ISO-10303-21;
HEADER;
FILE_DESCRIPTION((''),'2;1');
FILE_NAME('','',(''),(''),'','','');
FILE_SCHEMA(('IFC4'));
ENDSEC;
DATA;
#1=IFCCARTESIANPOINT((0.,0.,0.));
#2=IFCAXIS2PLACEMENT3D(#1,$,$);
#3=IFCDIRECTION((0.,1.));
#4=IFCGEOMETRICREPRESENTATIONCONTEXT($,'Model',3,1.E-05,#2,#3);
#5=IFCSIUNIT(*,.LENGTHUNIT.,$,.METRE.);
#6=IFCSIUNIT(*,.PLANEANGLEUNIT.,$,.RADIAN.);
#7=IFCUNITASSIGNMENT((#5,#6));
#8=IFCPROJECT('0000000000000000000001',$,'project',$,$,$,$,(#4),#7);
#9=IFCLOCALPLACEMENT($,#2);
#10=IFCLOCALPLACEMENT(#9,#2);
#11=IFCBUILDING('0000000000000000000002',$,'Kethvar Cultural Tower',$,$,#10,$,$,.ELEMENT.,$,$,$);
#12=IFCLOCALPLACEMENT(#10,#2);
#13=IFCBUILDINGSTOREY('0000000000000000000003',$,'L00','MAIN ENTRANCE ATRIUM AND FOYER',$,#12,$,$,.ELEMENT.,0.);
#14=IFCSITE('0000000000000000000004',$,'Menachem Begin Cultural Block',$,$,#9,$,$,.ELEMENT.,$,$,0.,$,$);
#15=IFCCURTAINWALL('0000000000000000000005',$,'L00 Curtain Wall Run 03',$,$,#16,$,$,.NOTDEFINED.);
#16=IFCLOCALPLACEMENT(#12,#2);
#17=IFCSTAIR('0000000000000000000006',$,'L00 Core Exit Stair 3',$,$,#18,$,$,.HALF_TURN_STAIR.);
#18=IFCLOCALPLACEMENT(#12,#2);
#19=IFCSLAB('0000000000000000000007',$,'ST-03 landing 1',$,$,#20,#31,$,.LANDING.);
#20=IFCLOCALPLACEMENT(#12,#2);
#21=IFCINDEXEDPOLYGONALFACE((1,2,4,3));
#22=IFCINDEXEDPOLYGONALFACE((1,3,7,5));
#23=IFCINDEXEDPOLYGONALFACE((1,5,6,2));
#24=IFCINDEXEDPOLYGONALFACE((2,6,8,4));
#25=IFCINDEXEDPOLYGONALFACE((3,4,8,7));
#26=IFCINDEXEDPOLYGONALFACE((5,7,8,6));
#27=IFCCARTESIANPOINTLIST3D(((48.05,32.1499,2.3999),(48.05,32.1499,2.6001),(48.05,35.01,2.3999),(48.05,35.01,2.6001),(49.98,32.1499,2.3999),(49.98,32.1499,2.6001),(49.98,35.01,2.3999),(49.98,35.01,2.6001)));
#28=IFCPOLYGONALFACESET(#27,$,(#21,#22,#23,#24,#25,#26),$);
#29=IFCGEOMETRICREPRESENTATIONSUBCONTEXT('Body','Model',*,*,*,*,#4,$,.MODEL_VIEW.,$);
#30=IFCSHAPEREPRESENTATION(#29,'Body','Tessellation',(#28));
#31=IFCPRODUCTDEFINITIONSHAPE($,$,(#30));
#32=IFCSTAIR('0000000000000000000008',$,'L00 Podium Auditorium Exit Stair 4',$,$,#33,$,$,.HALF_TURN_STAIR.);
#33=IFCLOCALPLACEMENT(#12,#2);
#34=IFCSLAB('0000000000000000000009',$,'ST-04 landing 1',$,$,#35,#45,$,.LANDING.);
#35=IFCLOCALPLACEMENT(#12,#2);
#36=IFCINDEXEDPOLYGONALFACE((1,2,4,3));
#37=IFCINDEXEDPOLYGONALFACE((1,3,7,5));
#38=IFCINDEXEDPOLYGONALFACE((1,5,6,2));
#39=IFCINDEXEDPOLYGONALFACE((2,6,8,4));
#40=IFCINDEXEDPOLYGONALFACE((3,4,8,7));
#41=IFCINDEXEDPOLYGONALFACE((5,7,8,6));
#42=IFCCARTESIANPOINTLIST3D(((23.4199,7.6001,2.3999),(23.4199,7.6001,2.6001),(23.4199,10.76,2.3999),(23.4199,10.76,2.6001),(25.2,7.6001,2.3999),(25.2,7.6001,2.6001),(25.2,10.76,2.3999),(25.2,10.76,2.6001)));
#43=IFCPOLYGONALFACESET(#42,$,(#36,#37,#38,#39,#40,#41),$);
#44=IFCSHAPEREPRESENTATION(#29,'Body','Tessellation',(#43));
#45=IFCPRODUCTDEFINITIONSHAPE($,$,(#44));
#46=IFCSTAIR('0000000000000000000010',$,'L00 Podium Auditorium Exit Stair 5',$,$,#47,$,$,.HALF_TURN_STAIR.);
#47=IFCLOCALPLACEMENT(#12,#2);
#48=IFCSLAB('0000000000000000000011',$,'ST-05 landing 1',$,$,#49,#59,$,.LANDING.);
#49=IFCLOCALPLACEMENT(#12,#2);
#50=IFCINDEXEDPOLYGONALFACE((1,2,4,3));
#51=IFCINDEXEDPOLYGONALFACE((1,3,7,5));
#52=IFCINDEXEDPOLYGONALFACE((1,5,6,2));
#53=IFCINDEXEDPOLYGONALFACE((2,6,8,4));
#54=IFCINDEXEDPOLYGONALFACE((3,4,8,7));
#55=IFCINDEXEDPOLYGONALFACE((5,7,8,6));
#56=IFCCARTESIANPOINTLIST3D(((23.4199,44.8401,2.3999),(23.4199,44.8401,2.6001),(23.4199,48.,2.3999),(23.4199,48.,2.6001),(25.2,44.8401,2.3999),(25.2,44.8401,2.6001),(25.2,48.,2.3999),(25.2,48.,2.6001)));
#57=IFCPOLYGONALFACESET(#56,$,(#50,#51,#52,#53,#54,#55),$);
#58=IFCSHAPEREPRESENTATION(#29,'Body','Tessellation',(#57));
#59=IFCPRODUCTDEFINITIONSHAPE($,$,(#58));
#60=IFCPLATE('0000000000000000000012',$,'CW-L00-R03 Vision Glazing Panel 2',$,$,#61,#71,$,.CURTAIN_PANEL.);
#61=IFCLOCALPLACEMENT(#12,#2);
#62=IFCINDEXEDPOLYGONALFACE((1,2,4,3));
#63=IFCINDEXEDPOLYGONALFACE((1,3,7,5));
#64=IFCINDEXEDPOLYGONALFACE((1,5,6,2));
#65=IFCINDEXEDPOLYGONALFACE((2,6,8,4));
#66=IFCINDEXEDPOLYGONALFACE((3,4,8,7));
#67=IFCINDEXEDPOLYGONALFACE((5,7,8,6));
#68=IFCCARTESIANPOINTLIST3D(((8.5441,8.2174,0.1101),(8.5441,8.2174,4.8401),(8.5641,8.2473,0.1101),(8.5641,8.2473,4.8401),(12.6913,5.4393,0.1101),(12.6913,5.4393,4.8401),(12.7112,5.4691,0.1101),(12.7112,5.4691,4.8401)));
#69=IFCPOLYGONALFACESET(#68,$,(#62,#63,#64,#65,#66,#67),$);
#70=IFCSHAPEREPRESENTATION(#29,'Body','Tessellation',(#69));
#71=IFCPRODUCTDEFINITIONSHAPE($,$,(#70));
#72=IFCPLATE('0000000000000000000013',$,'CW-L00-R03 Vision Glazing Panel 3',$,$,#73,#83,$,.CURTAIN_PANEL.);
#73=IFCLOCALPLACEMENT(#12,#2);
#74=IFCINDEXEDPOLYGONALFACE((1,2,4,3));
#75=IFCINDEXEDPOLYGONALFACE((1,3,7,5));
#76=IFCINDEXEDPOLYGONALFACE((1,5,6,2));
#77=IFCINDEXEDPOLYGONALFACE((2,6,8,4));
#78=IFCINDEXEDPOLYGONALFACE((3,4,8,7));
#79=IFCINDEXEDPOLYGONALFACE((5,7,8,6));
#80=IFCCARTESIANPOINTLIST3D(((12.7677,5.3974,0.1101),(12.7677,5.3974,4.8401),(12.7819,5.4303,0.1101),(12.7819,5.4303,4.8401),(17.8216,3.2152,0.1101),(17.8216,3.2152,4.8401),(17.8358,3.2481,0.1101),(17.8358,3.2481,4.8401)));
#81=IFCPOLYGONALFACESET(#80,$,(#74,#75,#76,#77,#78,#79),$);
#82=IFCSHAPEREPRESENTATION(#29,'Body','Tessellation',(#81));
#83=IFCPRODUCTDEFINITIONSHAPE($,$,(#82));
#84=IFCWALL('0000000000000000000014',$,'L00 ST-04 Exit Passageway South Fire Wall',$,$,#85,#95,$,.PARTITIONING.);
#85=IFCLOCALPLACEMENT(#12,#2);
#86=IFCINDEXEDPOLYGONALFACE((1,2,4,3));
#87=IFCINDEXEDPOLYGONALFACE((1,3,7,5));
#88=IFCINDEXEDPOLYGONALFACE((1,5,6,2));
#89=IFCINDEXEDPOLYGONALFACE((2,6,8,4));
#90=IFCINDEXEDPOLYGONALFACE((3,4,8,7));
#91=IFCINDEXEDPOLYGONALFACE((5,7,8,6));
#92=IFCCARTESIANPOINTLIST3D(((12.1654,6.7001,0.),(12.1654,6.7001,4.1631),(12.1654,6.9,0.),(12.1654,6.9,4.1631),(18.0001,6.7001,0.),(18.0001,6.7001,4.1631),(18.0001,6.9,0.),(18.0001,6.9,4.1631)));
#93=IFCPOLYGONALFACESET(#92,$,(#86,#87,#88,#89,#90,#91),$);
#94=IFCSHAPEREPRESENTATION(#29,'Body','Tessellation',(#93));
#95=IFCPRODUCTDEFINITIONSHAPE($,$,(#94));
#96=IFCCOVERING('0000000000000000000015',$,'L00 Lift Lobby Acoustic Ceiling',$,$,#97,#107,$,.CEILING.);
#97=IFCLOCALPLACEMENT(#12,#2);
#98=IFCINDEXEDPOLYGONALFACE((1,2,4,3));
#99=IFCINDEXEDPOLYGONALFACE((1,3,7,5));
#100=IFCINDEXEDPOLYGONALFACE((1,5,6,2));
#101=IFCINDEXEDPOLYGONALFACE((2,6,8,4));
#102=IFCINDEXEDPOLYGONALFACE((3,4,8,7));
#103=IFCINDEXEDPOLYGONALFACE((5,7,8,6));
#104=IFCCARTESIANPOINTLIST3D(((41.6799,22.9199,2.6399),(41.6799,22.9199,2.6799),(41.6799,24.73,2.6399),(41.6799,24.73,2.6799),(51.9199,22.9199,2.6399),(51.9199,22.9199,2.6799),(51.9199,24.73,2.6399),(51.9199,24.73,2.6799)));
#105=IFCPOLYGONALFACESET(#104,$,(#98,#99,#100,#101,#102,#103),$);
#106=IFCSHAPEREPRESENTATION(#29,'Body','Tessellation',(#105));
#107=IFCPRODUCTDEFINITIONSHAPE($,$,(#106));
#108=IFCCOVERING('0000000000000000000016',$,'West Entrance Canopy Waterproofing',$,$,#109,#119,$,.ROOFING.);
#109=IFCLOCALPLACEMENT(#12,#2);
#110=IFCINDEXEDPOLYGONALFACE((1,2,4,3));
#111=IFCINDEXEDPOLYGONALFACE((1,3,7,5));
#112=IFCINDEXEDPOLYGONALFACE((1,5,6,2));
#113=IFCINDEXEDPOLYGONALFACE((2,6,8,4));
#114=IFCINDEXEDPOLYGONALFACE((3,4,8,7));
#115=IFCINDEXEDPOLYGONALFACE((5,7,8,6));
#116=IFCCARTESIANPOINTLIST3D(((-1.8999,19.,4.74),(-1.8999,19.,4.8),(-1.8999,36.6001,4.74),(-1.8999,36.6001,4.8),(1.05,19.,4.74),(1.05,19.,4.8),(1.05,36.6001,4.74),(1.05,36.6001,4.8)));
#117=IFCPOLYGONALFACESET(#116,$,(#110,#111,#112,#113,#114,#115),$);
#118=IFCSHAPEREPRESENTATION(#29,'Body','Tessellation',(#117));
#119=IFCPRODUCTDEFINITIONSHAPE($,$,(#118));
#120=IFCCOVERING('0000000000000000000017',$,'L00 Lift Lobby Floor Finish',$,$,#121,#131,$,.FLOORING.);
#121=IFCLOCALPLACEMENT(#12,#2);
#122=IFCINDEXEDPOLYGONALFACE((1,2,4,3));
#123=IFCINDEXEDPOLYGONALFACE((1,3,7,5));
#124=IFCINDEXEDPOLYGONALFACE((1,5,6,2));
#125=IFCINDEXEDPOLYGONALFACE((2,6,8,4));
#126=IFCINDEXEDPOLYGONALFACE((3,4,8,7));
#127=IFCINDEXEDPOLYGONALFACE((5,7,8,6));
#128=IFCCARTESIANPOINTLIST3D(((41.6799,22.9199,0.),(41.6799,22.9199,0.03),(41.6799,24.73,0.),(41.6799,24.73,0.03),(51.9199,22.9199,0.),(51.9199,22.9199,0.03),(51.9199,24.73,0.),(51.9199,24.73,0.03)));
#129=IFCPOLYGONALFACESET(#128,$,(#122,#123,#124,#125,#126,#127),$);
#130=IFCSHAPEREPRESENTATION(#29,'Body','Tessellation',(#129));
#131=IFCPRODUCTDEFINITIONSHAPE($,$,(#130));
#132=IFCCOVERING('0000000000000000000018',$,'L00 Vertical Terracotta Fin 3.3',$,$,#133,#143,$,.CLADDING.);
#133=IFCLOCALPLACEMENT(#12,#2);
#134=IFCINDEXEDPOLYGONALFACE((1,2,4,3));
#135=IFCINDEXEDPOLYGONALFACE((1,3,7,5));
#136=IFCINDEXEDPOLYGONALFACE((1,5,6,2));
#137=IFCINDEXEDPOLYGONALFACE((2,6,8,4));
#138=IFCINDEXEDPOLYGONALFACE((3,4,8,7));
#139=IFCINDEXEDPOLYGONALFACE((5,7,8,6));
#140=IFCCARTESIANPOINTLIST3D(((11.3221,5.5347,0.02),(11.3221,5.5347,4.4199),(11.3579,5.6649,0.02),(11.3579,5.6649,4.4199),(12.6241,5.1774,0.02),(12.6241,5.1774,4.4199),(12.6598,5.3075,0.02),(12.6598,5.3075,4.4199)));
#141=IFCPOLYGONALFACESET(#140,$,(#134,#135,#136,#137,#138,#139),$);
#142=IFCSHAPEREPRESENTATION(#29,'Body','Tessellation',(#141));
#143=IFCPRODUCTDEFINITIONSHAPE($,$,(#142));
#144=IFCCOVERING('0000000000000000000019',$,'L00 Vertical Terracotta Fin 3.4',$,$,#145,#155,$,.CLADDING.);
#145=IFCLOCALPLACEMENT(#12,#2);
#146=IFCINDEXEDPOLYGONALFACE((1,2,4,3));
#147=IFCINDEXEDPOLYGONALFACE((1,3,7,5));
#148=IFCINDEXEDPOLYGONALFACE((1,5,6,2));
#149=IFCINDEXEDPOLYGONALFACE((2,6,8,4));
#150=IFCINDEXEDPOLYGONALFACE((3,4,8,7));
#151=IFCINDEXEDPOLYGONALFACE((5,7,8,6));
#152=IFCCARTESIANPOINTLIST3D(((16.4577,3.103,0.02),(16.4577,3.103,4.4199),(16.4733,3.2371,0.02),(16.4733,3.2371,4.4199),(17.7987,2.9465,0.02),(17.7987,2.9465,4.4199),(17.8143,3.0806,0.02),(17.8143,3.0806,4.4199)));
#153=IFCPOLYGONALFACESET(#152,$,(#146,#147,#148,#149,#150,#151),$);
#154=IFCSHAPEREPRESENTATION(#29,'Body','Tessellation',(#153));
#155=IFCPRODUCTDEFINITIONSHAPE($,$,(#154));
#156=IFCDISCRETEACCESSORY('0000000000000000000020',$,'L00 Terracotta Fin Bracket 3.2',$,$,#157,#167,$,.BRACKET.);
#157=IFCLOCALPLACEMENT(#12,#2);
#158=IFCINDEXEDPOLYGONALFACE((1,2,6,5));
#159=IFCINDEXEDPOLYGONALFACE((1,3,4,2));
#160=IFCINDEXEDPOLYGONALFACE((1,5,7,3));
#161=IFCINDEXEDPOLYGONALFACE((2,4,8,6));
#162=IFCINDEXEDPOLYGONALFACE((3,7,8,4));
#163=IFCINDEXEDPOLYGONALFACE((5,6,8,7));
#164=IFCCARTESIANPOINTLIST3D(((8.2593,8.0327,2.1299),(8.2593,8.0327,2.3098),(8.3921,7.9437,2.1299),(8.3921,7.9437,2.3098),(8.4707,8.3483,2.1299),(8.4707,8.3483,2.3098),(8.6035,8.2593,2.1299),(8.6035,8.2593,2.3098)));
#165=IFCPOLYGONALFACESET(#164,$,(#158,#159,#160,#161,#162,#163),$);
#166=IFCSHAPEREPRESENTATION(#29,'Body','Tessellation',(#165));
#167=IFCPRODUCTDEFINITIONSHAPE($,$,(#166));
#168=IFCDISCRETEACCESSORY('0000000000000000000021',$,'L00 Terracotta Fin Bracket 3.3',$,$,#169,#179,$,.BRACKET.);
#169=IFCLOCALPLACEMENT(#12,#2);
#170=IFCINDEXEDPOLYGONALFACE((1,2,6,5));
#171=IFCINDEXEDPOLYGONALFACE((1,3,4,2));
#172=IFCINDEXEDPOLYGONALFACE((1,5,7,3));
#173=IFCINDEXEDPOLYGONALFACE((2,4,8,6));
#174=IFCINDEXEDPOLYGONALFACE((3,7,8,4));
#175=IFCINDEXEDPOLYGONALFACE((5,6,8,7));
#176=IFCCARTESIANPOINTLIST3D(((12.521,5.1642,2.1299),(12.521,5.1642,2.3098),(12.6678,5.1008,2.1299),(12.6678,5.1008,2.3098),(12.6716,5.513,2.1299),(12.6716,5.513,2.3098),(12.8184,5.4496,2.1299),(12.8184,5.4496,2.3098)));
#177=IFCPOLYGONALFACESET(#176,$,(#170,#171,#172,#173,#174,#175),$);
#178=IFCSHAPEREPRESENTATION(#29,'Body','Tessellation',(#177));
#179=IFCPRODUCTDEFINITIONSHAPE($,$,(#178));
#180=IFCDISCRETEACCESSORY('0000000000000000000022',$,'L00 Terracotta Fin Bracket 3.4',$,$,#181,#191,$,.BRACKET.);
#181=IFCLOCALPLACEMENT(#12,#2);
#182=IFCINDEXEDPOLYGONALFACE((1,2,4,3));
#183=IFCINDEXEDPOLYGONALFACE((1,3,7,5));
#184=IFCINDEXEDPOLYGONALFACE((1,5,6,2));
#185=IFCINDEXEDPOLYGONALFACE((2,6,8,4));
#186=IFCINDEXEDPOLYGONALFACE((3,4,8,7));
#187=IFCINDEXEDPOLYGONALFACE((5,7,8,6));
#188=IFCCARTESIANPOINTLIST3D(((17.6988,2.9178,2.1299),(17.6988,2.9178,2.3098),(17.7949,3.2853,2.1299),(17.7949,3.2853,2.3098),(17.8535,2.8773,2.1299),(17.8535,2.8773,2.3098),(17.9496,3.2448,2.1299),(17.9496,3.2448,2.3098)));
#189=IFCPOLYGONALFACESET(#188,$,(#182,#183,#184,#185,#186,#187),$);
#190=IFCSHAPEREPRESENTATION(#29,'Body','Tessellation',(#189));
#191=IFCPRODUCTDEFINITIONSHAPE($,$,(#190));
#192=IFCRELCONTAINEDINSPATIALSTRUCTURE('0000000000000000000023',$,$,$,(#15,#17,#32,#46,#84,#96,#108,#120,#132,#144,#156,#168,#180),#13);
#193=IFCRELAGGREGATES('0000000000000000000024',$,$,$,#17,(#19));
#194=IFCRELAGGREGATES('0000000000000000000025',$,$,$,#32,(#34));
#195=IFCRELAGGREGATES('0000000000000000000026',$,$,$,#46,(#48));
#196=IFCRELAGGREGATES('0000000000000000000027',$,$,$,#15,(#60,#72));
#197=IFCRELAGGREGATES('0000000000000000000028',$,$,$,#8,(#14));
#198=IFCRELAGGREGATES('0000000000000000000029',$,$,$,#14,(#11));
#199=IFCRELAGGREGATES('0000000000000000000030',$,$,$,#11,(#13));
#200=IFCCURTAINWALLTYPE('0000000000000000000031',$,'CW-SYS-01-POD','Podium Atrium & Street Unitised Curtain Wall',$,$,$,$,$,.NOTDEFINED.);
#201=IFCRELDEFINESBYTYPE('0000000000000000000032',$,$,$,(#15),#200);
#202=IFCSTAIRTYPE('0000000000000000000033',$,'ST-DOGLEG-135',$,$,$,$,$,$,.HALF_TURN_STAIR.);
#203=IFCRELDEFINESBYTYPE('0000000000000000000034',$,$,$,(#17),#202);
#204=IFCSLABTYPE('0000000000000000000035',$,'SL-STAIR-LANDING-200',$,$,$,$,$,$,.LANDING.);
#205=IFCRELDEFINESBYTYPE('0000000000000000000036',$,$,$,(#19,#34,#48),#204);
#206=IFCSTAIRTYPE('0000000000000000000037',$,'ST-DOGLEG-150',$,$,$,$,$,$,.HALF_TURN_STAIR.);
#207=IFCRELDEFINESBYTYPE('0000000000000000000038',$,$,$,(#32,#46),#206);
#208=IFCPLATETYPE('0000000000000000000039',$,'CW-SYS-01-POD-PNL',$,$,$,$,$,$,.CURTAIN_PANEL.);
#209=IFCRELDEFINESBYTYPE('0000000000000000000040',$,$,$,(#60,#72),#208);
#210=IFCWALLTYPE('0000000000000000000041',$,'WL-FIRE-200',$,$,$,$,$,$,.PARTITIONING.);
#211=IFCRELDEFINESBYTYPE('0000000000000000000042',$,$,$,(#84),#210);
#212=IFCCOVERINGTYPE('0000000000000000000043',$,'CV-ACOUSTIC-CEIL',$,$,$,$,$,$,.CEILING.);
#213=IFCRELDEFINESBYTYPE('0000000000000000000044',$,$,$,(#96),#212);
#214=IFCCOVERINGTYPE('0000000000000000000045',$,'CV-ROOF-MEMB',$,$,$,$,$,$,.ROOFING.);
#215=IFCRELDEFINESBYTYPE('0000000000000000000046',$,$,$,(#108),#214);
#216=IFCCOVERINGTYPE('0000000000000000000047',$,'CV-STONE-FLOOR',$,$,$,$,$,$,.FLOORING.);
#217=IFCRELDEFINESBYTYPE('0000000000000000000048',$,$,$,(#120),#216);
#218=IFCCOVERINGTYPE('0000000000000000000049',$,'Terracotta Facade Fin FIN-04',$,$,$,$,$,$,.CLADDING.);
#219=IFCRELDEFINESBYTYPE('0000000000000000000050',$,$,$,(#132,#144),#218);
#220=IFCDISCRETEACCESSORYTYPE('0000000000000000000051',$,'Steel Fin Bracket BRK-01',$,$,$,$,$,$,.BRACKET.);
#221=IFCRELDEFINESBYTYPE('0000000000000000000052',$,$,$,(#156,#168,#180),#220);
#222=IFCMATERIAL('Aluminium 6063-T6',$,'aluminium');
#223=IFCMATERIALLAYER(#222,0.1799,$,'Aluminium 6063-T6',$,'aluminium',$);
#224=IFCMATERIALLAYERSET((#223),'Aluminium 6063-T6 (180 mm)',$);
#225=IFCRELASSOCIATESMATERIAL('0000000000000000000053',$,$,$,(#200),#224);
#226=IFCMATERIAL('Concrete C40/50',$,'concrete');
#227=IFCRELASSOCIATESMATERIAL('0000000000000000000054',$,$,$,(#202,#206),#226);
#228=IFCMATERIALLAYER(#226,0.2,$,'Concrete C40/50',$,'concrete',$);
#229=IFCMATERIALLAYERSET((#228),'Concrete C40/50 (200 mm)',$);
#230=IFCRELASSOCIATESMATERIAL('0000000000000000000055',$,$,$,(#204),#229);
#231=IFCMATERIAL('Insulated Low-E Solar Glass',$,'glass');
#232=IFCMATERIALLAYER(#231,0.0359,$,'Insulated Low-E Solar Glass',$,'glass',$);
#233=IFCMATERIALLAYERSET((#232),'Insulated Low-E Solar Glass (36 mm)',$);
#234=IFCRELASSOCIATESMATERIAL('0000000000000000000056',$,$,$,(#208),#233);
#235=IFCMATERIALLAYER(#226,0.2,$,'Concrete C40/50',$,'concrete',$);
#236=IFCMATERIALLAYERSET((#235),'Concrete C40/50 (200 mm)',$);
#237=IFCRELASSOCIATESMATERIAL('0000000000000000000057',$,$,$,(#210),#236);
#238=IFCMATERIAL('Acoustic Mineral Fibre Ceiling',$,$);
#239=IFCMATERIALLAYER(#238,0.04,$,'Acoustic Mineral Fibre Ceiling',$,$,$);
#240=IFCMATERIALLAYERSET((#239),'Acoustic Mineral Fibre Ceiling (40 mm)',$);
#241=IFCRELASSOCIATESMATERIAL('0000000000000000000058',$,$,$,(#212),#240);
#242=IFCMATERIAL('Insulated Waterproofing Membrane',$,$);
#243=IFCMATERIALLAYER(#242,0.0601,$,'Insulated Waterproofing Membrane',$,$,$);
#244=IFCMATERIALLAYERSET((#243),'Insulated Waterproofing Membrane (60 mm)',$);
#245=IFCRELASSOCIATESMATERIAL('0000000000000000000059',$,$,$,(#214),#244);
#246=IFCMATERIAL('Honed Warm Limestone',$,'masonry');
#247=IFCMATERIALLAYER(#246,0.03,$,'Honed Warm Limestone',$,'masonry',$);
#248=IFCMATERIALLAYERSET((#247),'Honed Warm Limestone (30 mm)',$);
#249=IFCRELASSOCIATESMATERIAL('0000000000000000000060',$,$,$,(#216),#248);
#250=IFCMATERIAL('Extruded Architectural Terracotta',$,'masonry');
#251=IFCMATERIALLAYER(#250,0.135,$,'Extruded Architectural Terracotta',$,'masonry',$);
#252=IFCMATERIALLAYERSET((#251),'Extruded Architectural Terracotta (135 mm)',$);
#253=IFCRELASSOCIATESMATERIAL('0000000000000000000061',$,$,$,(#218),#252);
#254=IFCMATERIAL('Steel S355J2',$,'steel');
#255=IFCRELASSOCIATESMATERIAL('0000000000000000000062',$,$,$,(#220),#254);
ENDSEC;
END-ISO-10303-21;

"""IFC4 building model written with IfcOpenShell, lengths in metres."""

from ifc_helpers import new_model, si_unit, direction, frame, frame_2d, origin, origin_2d, place, context, subcontext, project, spatial, polyline, rectangle, outline, extrude, source, transform, mapped, material, layer, layer_set, type_object, element, aggregate, save


model = new_model("IFC4")

# Units and contexts
model_context = context("Model", 3, precision=1e-05, world=origin(), true_north=direction((0.0, 1.0)))
body_context = subcontext(model_context, "Body", "Model", "MODEL_VIEW")
ifc_project = project(units=[si_unit("LENGTHUNIT", "METRE"), si_unit("PLANEANGLEUNIT", "RADIAN")], contexts=[model_context])

# Site, building, storey
site_placement = place(None, origin())
site = spatial("IfcSite", under=ifc_project, at=site_placement, Name="Menachem Begin Cultural Block", CompositionType="ELEMENT", RefElevation=0.0)
building_placement = place(site_placement, origin())
building = spatial("IfcBuilding", under=site, at=building_placement, Name="Kethvar Cultural Tower", CompositionType="ELEMENT")
storey_placement = place(building_placement, origin())
storey = spatial("IfcBuildingStorey", under=building, at=storey_placement, Name="L00", Description="MAIN ENTRANCE ATRIUM AND FOYER", CompositionType="ELEMENT", Elevation=0.0)

# Curtain wall
ifc_material_1 = material(Name="Aluminium 6063-T6", Category="aluminium")
ifc_layer_1 = layer(ifc_material_1, 0.1799, Name="Aluminium 6063-T6", Category="aluminium")
ifc_layer_set_1 = layer_set([ifc_layer_1], Name="Aluminium 6063-T6 (180 mm)")
curtain_wall_type = type_object("IfcCurtainWallType", Name="CW-SYS-01-POD", Description="Podium Atrium & Street Unitised Curtain Wall", PredefinedType="NOTDEFINED", material=ifc_layer_set_1)
curtain_wall_placement = place(storey_placement, origin())
curtain_wall = element("IfcCurtainWall", 1, at=curtain_wall_placement, inside=storey, type_object=curtain_wall_type, Name="L00 Curtain Wall Run 03", PredefinedType="NOTDEFINED")

# Shared definitions
ifc_material_2 = material(Name="Concrete C40/50", Category="concrete")

# Shared definitions
ifc_material_3 = material(Name="Steel S355J2", Category="steel")

# Stairs, slabs
stair_type_1 = type_object("IfcStairType", Name="ST-DOGLEG-135", PredefinedType="HALF_TURN_STAIR", material=ifc_material_2)
ifc_layer_2 = layer(ifc_material_2, 0.2, Name="Concrete C40/50", Category="concrete")
ifc_layer_set_2 = layer_set([ifc_layer_2], Name="Concrete C40/50 (200 mm)")
slab_type_1 = type_object("IfcSlabType", Name="SL-STAIR-LANDING-200", PredefinedType="LANDING", material=ifc_layer_set_2)
stair_1_placement = place(storey_placement, origin())
stair_1 = element("IfcStair", 2, at=stair_1_placement, inside=storey, type_object=stair_type_1, Name="L00 Core Exit Stair 3", PredefinedType="HALF_TURN_STAIR")
slab_1_placement = place(storey_placement, frame((0.0, 0.0, 2.3999)))
slab_1 = element("IfcSlab", 3, at=slab_1_placement, type_object=slab_type_1, Name="ST-03 landing 1", PredefinedType="LANDING", context=body_context, shape_type="SweptSolid", body=[
    extrude(outline(polyline([(49.98, 35.01), (48.05, 35.01), (48.05, 32.1499), (49.98, 32.1499), (49.98, 35.01)])), origin(), (0.0, 0.0, 1.0), 0.2002),
])
aggregate(stair_1, [slab_1])
stair_type_2 = type_object("IfcStairType", Name="ST-DOGLEG-150", PredefinedType="HALF_TURN_STAIR", material=ifc_material_2)
stair_2_placement = place(storey_placement, origin())
stair_2 = element("IfcStair", 4, at=stair_2_placement, inside=storey, type_object=stair_type_2, Name="L00 Podium Auditorium Exit Stair 4", PredefinedType="HALF_TURN_STAIR")
slab_2_placement = place(storey_placement, frame((0.0, 0.0, 2.3999)))
slab_2 = element("IfcSlab", 5, at=slab_2_placement, type_object=slab_type_1, Name="ST-04 landing 1", PredefinedType="LANDING", context=body_context, shape_type="SweptSolid", body=[
    extrude(outline(polyline([(23.4199, 7.6001), (25.2, 7.6001), (25.2, 10.76), (23.4199, 10.76), (23.4199, 7.6001)])), origin(), (0.0, 0.0, 1.0), 0.2002),
])
aggregate(stair_2, [slab_2])
stair_3_placement = place(storey_placement, origin())
stair_3 = element("IfcStair", 6, at=stair_3_placement, inside=storey, type_object=stair_type_2, Name="L00 Podium Auditorium Exit Stair 5", PredefinedType="HALF_TURN_STAIR")
slab_3_placement = place(storey_placement, frame((0.0, 0.0, 2.3999)))
slab_3 = element("IfcSlab", 7, at=slab_3_placement, type_object=slab_type_1, Name="ST-05 landing 1", PredefinedType="LANDING", context=body_context, shape_type="SweptSolid", body=[
    extrude(outline(polyline([(23.4199, 44.8401), (25.2, 44.8401), (25.2, 48.0), (23.4199, 48.0), (23.4199, 44.8401)])), origin(), (0.0, 0.0, 1.0), 0.2002),
])
aggregate(stair_3, [slab_3])

# Plates
ifc_material_4 = material(Name="Insulated Low-E Solar Glass", Category="glass")
ifc_layer_3 = layer(ifc_material_4, 0.0359, Name="Insulated Low-E Solar Glass", Category="glass")
ifc_layer_set_3 = layer_set([ifc_layer_3], Name="Insulated Low-E Solar Glass (36 mm)")
plate_type = type_object("IfcPlateType", Name="CW-SYS-01-POD-PNL", PredefinedType="CURTAIN_PANEL", material=ifc_layer_set_3)
shared_shape_1 = source(origin(), body_context, "Body", "SweptSolid", [
    extrude(rectangle(XDim=4.9917, YDim=0.0359, at=origin_2d()), origin(), (0.0, 0.0, 1.0), 4.73),
])
plate_1_placement = place(storey_placement, frame((10.6277, 6.8433, 0.1101), z_axis=(0.0, 0.0, 1.0), x_axis=(0.83081, -0.556557, 0.0)))
plate_1 = element("IfcPlate", 8, at=plate_1_placement, type_object=plate_type, Name="CW-L00-R03 Vision Glazing Panel 2", PredefinedType="CURTAIN_PANEL", context=body_context, shape_type="MappedRepresentation", body=[
    mapped(shared_shape_1, transform((0.0, 0.0, 0.0), scale=1.0)),
])
shared_shape_2 = source(origin(), body_context, "Body", "SweptSolid", [
    extrude(rectangle(XDim=5.5049, YDim=0.0359, at=origin_2d()), origin(), (0.0, 0.0, 1.0), 4.73),
])
plate_2_placement = place(storey_placement, frame((15.3018, 4.3228, 0.1101), z_axis=(0.0, 0.0, 1.0), x_axis=(0.918073, -0.396411, 0.0)))
plate_2 = element("IfcPlate", 9, at=plate_2_placement, type_object=plate_type, Name="CW-L00-R03 Vision Glazing Panel 3", PredefinedType="CURTAIN_PANEL", context=body_context, shape_type="MappedRepresentation", body=[
    mapped(shared_shape_2, transform((0.0, 0.0, 0.0), scale=1.0)),
])
aggregate(curtain_wall, [plate_1, plate_2])

# Wall
ifc_layer_4 = layer(ifc_material_2, 0.2, Name="Concrete C40/50", Category="concrete")
ifc_layer_set_4 = layer_set([ifc_layer_4], Name="Concrete C40/50 (200 mm)")
wall_type_1 = type_object("IfcWallType", Name="WL-FIRE-200", PredefinedType="PARTITIONING", material=ifc_layer_set_4)
wall_1_placement = place(storey_placement, frame((12.1653, 6.8, 0.0), z_axis=(0.0, 0.0, 1.0), x_axis=(1.0, 0.0, 0.0)))
element("IfcWall", 10, at=wall_1_placement, inside=storey, type_object=wall_type_1, Name="L00 ST-04 Exit Passageway South Fire Wall", PredefinedType="PARTITIONING", context=body_context, shape_type="SweptSolid", body=[
    extrude(rectangle(XDim=5.8347, YDim=0.2, at=frame_2d((2.9175, 0.0))), origin(), (0.0, 0.0, 1.0), 4.1631),
])

# Coverings
ifc_material_5 = material(Name="Acoustic Mineral Fibre Ceiling")
ifc_layer_5 = layer(ifc_material_5, 0.04, Name="Acoustic Mineral Fibre Ceiling")
ifc_layer_set_5 = layer_set([ifc_layer_5], Name="Acoustic Mineral Fibre Ceiling (40 mm)")
covering_type_1 = type_object("IfcCoveringType", Name="CV-ACOUSTIC-CEIL", PredefinedType="CEILING", material=ifc_layer_set_5)
covering_1_placement = place(storey_placement, frame((0.0, 0.0, 2.6399)))
element("IfcCovering", 11, at=covering_1_placement, inside=storey, type_object=covering_type_1, Name="L00 Lift Lobby Acoustic Ceiling", PredefinedType="CEILING", context=body_context, shape_type="SweptSolid", body=[
    extrude(outline(polyline([(41.6799, 22.9199), (51.9199, 22.9199), (51.9199, 24.73), (41.6799, 24.73), (41.6799, 22.9199)])), origin(), (0.0, 0.0, 1.0), 0.04),
])
ifc_material_6 = material(Name="Insulated Waterproofing Membrane")
ifc_layer_6 = layer(ifc_material_6, 0.0601, Name="Insulated Waterproofing Membrane")
ifc_layer_set_6 = layer_set([ifc_layer_6], Name="Insulated Waterproofing Membrane (60 mm)")
covering_type_2 = type_object("IfcCoveringType", Name="CV-ROOF-MEMB", PredefinedType="ROOFING", material=ifc_layer_set_6)
covering_2_placement = place(storey_placement, frame((0.0, 0.0, 4.74)))
element("IfcCovering", 12, at=covering_2_placement, inside=storey, type_object=covering_type_2, Name="West Entrance Canopy Waterproofing", PredefinedType="ROOFING", context=body_context, shape_type="SweptSolid", body=[
    extrude(outline(polyline([(-1.8999, 19.0), (1.05, 19.0), (1.05, 36.6001), (-1.8999, 36.6001), (-1.8999, 19.0)])), origin(), (0.0, 0.0, 1.0), 0.0601),
])
ifc_material_7 = material(Name="Honed Warm Limestone", Category="masonry")
ifc_layer_7 = layer(ifc_material_7, 0.03, Name="Honed Warm Limestone", Category="masonry")
ifc_layer_set_7 = layer_set([ifc_layer_7], Name="Honed Warm Limestone (30 mm)")
covering_type_3 = type_object("IfcCoveringType", Name="CV-STONE-FLOOR", PredefinedType="FLOORING", material=ifc_layer_set_7)
covering_3_placement = place(storey_placement, origin())
element("IfcCovering", 13, at=covering_3_placement, inside=storey, type_object=covering_type_3, Name="L00 Lift Lobby Floor Finish", PredefinedType="FLOORING", context=body_context, shape_type="SweptSolid", body=[
    extrude(outline(polyline([(41.6799, 22.9199), (51.9199, 22.9199), (51.9199, 24.73), (41.6799, 24.73), (41.6799, 22.9199)])), origin(), (0.0, 0.0, 1.0), 0.03),
])
ifc_material_8 = material(Name="Extruded Architectural Terracotta", Category="masonry")
ifc_layer_8 = layer(ifc_material_8, 0.135, Name="Extruded Architectural Terracotta", Category="masonry")
ifc_layer_set_8 = layer_set([ifc_layer_8], Name="Extruded Architectural Terracotta (135 mm)")
covering_type_4 = type_object("IfcCoveringType", Name="Terracotta Facade Fin FIN-04", PredefinedType="CLADDING", material=ifc_layer_set_8)
shared_shape_3 = source(origin(), body_context, "Body", "SweptSolid", [
    extrude(rectangle(XDim=1.3501, YDim=0.135, at=origin_2d()), origin(), (0.0, 0.0, 1.0), 4.3999),
])
for number, where, z_axis, x_axis, name in (
    (14, (11.991, 5.4211, 0.02), (0.0, 0.0, 1.0), (-0.964327, 0.264715, 0.0), "L00 Vertical Terracotta Fin 3.3"),
    (15, (17.136, 3.0918, 0.02), (0.0, 0.0, 1.0), (-0.993252, 0.115977, 0.0), "L00 Vertical Terracotta Fin 3.4"),
):
    element("IfcCovering", number, at=place(storey_placement, frame(where, z_axis=z_axis, x_axis=x_axis)), inside=storey, type_object=covering_type_4, Name=name, PredefinedType="CLADDING", context=body_context, shape_type="MappedRepresentation", body=[
        mapped(shared_shape_3, transform((0.0, 0.0, 0.0), scale=1.0)),
    ])

# Discrete accessories
discrete_accessory_type = type_object("IfcDiscreteAccessoryType", Name="Steel Fin Bracket BRK-01", PredefinedType="BRACKET", material=ifc_material_3)
shared_shape_4 = source(origin(), body_context, "Body", "SweptSolid", [
    extrude(rectangle(XDim=0.3799, YDim=0.1599, at=origin_2d()), origin(), (0.0, 0.0, 1.0), 0.1799),
])
for number, where, z_axis, x_axis, name in (
    (16, (8.4314, 8.146, 2.1299), (0.0, 0.0, 1.0), (-0.556586, -0.83079, 0.0), "L00 Terracotta Fin Bracket 3.2"),
    (17, (12.6697, 5.3069, 2.1299), (0.0, 0.0, 1.0), (-0.396347, -0.918101, 0.0), "L00 Terracotta Fin Bracket 3.3"),
    (18, (17.8242, 3.0813, 2.1299), (0.0, 0.0, 1.0), (-0.253083, -0.967445, 0.0), "L00 Terracotta Fin Bracket 3.4"),
):
    element("IfcDiscreteAccessory", number, at=place(storey_placement, frame(where, z_axis=z_axis, x_axis=x_axis)), inside=storey, type_object=discrete_accessory_type, Name=name, PredefinedType="BRACKET", context=body_context, shape_type="MappedRepresentation", body=[
        mapped(shared_shape_4, transform((0.0, 0.0, 0.0), scale=1.0)),
    ])

save(model, "model.ifc")
